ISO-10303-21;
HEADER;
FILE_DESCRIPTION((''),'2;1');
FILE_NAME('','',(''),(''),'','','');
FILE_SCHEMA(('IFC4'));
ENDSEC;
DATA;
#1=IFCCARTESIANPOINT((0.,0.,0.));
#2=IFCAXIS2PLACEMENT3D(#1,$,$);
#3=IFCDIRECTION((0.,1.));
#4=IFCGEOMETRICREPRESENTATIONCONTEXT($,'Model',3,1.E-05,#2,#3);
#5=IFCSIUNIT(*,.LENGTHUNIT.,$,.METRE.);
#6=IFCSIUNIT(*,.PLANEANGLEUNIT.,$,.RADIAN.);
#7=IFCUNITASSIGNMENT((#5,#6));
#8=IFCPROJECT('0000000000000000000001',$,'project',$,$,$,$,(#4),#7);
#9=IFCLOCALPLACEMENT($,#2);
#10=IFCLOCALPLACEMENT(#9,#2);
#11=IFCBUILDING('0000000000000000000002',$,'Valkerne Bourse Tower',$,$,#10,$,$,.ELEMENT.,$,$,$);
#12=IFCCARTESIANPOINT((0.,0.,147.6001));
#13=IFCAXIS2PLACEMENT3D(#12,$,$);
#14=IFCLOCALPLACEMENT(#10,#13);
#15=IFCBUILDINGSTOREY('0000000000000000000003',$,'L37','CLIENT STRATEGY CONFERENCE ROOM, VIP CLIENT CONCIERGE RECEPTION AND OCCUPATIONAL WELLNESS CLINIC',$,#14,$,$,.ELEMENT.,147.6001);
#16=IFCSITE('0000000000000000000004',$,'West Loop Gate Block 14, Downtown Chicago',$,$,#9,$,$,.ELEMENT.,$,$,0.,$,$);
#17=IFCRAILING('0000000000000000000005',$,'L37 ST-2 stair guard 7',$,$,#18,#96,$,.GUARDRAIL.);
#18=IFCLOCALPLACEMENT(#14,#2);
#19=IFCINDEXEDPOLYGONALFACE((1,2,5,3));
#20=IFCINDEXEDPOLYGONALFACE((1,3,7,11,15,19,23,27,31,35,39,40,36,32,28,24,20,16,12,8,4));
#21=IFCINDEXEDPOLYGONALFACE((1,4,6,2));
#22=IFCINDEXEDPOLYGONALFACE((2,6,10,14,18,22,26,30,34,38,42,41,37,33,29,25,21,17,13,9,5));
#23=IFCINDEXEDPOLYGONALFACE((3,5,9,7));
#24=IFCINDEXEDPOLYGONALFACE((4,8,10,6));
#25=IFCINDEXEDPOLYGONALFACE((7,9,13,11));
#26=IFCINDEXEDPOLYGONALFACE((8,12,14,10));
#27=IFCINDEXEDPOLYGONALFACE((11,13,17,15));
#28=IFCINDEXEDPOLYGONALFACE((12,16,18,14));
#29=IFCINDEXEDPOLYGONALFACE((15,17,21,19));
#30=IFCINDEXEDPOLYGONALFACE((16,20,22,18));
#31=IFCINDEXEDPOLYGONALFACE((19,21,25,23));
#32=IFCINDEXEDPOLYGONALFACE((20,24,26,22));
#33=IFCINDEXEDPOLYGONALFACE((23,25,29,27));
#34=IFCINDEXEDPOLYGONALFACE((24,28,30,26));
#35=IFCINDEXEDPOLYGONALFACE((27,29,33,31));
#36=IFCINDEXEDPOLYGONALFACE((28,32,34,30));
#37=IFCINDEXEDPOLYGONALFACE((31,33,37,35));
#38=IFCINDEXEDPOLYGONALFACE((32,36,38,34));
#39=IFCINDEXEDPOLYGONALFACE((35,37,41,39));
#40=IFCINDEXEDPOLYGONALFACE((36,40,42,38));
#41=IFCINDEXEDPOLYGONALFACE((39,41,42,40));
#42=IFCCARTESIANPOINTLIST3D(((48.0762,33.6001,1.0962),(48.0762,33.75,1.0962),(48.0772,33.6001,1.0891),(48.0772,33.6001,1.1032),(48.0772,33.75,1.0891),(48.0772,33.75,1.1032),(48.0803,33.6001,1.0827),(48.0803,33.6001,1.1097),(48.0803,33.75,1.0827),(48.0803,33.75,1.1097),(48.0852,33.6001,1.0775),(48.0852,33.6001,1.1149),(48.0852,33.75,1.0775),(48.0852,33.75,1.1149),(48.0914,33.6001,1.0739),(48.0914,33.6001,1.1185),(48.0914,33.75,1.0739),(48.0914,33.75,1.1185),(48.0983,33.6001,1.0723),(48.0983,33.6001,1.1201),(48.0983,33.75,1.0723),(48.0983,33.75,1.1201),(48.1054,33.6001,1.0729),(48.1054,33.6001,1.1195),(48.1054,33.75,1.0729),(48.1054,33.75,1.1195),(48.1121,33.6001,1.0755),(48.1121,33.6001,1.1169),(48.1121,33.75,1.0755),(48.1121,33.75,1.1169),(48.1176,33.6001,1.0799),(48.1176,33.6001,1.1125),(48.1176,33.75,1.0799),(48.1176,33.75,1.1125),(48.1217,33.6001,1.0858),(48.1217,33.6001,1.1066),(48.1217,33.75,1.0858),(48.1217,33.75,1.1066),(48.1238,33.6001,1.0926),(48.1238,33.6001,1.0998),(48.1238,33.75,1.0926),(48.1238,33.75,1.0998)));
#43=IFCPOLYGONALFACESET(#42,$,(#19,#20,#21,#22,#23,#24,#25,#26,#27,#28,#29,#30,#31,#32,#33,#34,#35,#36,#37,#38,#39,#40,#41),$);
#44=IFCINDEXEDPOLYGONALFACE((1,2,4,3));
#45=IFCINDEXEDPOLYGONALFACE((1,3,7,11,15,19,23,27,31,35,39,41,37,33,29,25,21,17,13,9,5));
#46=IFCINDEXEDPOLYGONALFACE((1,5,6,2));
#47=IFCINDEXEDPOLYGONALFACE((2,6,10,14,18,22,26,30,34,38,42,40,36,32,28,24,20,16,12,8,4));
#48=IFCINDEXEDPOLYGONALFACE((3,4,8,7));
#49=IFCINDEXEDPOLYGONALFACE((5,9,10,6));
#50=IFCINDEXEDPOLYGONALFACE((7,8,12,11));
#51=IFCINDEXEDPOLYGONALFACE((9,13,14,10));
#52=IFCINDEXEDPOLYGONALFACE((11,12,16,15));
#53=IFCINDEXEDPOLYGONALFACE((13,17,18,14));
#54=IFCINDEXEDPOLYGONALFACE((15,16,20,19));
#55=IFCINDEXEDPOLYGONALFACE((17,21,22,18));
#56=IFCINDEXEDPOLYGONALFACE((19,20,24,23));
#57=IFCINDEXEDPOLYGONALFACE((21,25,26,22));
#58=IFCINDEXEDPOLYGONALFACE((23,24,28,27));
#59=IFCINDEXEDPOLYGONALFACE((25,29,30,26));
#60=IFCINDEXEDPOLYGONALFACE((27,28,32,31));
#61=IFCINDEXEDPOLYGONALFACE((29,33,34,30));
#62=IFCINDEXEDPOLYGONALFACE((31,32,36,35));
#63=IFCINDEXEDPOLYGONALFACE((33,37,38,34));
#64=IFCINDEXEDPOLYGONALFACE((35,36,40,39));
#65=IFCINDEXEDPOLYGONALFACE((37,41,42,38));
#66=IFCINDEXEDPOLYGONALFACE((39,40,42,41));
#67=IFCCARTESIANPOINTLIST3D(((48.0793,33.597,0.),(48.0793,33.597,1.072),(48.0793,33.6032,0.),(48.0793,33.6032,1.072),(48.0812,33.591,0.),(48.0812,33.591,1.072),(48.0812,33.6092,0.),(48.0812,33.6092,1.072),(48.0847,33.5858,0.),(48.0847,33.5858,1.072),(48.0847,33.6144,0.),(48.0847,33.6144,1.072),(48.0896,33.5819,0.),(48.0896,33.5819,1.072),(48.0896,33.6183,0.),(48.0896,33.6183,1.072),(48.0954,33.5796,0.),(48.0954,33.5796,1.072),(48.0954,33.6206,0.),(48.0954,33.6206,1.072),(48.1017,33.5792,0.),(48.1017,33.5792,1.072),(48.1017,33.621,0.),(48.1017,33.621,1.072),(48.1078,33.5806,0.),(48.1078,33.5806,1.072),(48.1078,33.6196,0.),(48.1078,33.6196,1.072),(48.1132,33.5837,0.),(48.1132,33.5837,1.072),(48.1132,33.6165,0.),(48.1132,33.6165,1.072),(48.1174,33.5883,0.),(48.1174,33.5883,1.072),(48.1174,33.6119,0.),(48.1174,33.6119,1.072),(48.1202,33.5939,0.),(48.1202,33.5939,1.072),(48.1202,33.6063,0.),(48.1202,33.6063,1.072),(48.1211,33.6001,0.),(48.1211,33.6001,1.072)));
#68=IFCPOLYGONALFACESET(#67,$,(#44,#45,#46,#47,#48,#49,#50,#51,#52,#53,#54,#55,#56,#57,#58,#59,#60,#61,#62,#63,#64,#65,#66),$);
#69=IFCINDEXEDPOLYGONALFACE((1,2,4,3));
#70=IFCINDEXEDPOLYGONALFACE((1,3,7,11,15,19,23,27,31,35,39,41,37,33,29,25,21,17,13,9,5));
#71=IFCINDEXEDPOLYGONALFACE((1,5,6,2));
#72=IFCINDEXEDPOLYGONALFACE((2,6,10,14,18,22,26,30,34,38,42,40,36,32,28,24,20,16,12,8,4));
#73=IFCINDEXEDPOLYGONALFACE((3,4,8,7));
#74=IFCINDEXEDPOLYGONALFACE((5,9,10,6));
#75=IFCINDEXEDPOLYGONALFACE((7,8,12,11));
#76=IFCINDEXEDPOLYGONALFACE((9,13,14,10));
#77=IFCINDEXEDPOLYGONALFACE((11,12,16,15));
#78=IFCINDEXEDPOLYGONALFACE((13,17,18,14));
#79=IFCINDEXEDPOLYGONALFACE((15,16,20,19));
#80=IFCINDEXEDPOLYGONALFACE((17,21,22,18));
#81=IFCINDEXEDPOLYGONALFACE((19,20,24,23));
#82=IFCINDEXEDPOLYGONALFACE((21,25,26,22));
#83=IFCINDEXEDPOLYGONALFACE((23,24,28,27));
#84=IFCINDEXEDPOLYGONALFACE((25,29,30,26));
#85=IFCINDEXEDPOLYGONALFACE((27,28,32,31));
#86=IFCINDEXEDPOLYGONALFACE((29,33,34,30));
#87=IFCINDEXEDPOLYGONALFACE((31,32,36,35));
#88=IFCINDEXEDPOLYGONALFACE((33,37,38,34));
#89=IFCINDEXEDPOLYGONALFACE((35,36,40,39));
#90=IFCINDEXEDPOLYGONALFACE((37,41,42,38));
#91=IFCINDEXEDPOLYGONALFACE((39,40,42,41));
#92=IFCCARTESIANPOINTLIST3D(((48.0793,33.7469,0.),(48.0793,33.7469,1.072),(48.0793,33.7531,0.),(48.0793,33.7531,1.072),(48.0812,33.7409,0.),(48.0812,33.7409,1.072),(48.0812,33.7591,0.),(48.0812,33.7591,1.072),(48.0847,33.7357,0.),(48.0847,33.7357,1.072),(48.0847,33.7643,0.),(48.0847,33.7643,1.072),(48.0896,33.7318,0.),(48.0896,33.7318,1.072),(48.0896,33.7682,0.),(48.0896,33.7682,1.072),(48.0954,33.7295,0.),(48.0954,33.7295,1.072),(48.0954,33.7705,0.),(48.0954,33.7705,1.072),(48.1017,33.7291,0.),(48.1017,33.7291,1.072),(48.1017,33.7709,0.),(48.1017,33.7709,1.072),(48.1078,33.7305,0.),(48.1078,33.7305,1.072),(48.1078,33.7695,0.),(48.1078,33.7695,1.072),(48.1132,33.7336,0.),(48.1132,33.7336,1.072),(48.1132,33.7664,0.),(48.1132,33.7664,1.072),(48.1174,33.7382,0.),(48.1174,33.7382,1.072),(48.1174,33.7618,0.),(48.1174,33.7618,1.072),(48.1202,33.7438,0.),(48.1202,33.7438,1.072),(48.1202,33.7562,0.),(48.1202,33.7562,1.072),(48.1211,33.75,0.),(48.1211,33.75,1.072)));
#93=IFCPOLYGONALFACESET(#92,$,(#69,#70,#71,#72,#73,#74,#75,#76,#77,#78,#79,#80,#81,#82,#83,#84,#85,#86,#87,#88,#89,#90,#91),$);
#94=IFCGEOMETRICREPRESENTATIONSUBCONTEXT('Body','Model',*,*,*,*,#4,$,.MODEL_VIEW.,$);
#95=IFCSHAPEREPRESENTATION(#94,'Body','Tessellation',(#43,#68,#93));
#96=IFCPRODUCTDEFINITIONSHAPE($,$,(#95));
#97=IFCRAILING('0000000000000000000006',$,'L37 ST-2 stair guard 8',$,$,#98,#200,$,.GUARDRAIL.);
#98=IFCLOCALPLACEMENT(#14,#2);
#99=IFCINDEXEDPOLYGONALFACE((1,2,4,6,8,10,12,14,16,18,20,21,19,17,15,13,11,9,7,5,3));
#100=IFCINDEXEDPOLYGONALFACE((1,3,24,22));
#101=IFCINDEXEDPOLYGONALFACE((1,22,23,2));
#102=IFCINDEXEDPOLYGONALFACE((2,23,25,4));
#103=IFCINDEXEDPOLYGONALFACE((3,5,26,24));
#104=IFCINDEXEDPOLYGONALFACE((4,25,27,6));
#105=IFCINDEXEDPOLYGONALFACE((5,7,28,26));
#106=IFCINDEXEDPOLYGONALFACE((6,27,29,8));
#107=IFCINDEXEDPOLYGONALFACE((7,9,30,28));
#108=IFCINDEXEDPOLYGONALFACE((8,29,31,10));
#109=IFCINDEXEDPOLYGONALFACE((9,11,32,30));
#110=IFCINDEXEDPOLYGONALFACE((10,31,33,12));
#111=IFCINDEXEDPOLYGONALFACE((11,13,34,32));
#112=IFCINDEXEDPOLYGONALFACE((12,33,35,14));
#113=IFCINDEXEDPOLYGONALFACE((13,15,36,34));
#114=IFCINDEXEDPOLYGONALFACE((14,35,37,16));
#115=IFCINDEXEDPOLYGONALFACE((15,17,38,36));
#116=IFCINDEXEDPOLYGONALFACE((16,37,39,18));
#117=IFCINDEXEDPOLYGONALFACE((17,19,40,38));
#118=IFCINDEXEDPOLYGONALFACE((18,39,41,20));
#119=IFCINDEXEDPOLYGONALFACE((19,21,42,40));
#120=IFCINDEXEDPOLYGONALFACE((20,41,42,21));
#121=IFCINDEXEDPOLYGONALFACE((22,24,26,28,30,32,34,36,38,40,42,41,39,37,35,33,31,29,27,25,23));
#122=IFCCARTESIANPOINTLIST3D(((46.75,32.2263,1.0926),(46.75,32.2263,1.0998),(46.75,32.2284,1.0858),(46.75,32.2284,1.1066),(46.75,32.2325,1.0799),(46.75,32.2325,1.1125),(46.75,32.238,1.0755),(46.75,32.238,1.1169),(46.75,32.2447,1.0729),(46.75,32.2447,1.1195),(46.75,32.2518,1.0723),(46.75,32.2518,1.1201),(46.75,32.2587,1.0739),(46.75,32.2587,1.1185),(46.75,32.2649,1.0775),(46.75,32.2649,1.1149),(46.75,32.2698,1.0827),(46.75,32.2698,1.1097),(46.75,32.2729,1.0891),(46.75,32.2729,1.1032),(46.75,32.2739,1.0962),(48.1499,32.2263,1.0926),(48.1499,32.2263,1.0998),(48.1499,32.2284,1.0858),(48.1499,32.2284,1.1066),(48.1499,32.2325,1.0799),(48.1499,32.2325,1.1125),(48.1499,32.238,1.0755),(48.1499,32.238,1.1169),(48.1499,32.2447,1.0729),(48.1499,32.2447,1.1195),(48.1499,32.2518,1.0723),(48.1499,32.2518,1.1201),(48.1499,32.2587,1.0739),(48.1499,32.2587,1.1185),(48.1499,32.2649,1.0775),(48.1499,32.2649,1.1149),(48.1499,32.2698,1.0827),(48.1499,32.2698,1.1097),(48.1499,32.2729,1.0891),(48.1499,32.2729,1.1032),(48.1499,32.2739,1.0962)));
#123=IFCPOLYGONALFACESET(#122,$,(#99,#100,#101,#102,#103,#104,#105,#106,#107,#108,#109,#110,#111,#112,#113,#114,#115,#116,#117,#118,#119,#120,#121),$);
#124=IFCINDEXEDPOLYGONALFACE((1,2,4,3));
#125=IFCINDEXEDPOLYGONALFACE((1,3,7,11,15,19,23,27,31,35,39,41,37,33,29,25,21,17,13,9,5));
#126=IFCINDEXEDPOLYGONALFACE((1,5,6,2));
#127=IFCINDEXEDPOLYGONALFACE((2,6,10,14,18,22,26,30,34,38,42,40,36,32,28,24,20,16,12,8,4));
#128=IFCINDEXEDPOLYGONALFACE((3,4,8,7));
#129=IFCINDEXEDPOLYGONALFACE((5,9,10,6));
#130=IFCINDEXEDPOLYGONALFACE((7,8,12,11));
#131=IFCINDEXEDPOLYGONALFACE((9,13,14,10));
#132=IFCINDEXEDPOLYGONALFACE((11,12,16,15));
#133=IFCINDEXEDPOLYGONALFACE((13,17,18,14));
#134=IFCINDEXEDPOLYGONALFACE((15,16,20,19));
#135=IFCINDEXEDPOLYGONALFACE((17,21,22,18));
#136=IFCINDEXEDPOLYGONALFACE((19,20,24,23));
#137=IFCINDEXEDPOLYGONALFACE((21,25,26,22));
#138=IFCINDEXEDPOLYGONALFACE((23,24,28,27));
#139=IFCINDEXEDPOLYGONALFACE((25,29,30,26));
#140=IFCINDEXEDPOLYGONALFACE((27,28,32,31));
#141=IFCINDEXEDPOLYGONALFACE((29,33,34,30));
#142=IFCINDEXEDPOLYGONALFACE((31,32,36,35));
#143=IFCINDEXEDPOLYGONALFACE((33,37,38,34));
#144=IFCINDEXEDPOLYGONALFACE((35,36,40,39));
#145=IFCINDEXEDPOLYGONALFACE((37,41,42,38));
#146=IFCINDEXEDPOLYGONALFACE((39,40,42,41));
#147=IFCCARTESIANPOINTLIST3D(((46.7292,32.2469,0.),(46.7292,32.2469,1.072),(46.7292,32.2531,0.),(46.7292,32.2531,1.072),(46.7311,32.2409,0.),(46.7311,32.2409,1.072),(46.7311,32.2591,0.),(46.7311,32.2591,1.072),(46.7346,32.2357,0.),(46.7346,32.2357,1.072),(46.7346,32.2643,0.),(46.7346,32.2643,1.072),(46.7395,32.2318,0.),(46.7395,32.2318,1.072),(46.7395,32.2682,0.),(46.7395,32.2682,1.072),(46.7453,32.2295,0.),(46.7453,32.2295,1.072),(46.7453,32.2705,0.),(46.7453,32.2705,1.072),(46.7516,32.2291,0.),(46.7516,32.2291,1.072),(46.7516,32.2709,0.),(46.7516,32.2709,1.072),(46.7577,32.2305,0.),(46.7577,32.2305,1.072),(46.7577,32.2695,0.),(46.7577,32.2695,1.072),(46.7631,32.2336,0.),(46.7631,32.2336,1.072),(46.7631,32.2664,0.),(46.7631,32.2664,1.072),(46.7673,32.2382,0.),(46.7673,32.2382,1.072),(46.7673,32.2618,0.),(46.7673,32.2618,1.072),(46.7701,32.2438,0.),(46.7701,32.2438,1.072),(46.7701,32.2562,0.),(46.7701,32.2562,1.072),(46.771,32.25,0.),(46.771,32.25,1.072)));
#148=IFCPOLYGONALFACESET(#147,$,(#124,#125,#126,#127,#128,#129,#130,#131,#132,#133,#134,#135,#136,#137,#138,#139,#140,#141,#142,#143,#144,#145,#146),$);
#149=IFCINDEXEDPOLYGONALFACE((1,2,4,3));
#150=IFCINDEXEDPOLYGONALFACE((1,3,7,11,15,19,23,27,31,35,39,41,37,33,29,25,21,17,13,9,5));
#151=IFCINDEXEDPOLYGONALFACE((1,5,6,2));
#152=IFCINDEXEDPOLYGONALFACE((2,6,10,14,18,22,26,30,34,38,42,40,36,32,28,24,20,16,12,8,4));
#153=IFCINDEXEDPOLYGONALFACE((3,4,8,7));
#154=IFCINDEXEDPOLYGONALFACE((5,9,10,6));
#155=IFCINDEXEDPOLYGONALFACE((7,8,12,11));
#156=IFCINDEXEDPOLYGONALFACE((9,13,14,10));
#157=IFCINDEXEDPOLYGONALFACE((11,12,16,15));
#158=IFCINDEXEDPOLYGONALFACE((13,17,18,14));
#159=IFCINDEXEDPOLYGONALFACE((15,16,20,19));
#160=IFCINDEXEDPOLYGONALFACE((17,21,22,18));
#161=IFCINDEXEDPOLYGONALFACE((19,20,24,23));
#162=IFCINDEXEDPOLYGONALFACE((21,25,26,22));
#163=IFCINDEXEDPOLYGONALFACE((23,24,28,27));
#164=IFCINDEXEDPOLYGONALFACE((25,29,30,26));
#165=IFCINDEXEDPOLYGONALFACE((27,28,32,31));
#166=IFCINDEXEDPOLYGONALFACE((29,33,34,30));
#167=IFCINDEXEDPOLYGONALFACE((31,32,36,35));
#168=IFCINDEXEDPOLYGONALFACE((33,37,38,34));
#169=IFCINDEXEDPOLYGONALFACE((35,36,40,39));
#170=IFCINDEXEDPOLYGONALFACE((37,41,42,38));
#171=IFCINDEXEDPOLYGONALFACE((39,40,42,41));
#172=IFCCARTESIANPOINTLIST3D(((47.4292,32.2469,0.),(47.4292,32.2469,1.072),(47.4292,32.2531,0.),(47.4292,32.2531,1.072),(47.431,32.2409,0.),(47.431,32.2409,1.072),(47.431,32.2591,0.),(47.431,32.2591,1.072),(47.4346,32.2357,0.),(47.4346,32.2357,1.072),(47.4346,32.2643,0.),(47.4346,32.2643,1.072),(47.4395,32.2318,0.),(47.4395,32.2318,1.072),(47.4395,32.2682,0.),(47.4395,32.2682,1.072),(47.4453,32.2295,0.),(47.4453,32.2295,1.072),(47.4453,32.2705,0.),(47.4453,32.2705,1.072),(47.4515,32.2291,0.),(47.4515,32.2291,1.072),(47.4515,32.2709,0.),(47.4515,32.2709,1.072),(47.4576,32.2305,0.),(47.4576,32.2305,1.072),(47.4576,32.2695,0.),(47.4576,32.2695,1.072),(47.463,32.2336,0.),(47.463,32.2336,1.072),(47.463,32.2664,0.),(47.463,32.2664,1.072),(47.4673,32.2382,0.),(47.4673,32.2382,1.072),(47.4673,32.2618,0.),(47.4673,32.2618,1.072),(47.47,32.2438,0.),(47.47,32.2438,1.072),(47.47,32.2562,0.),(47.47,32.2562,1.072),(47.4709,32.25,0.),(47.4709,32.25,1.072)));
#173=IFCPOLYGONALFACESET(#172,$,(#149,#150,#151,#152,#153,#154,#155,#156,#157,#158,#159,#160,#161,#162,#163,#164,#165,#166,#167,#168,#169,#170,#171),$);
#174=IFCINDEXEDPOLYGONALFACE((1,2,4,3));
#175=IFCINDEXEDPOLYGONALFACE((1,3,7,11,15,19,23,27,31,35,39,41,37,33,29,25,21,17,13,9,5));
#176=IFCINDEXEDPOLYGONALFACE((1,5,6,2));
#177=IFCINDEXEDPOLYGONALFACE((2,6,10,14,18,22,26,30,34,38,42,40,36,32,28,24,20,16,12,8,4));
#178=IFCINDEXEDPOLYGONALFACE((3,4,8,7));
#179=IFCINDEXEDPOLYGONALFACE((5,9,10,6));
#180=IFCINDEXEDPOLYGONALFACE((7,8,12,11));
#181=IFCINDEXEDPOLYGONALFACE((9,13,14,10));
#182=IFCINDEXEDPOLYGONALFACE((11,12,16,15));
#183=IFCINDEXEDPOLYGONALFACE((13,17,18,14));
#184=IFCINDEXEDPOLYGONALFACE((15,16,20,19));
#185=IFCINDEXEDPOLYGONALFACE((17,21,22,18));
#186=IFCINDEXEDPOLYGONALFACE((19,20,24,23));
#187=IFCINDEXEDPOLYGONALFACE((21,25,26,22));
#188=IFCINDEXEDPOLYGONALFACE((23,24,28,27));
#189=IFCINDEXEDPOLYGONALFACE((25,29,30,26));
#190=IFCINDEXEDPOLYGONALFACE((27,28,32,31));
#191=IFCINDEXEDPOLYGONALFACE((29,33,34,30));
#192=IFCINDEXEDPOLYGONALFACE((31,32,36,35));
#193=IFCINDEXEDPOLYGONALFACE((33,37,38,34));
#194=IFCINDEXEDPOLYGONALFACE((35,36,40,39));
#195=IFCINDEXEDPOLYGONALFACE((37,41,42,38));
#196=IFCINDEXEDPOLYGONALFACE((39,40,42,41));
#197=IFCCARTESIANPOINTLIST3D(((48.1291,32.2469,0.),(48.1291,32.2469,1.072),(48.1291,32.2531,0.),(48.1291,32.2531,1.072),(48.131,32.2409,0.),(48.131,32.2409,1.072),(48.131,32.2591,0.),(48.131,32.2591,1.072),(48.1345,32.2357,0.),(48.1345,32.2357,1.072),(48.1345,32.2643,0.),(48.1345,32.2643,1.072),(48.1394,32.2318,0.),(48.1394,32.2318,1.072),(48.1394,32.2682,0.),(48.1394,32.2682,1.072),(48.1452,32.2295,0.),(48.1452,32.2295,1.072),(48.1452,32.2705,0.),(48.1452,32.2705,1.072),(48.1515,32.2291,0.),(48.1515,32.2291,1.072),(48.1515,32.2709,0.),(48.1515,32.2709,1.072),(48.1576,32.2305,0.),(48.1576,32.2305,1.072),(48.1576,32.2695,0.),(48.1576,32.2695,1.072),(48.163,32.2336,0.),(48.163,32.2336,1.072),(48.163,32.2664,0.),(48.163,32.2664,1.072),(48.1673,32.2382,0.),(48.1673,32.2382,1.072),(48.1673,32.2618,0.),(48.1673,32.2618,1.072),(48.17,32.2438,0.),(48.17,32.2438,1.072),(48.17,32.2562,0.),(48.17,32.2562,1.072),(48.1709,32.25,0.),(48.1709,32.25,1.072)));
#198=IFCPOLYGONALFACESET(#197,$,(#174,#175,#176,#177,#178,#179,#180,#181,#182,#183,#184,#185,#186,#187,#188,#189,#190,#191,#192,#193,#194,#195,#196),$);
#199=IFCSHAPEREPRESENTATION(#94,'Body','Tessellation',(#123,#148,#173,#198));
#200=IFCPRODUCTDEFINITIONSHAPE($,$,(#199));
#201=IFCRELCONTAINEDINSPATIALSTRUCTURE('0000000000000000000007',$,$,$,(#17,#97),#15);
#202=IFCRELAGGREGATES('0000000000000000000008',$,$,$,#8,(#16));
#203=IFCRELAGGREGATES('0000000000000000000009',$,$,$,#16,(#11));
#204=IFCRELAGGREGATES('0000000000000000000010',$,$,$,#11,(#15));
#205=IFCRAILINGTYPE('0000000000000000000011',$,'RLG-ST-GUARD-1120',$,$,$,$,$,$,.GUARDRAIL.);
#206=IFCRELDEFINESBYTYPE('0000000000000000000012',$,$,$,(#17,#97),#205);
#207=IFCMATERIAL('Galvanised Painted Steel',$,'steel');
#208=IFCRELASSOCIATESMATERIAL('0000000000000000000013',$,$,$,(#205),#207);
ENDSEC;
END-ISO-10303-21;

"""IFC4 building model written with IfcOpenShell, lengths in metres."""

from ifc_helpers import new_model, si_unit, direction, frame, origin, origin_2d, place, context, subcontext, project, spatial, circle, extrude, material, type_object, element, save


model = new_model("IFC4")

# Units and contexts
model_context = context("Model", 3, precision=1e-05, world=origin(), true_north=direction((0.0, 1.0)))
body_context = subcontext(model_context, "Body", "Model", "MODEL_VIEW")
ifc_project = project(units=[si_unit("LENGTHUNIT", "METRE"), si_unit("PLANEANGLEUNIT", "RADIAN")], contexts=[model_context])

# Site, building, storey
site_placement = place(None, origin())
site = spatial("IfcSite", under=ifc_project, at=site_placement, Name="West Loop Gate Block 14, Downtown Chicago", CompositionType="ELEMENT", RefElevation=0.0)
building_placement = place(site_placement, origin())
building = spatial("IfcBuilding", under=site, at=building_placement, Name="Valkerne Bourse Tower", CompositionType="ELEMENT")
storey_placement = place(building_placement, frame((0.0, 0.0, 147.6001)))
storey = spatial("IfcBuildingStorey", under=building, at=storey_placement, Name="L37", Description="CLIENT STRATEGY CONFERENCE ROOM, VIP CLIENT CONCIERGE RECEPTION AND OCCUPATIONAL WELLNESS CLINIC", CompositionType="ELEMENT", Elevation=147.6001)

# Shared definitions
ifc_material_1 = material(Name="Galvanised Painted Steel", Category="steel")

# Railings
railing_type_1 = type_object("IfcRailingType", Name="RLG-ST-GUARD-1120", PredefinedType="GUARDRAIL", material=ifc_material_1)
railing_1_placement = place(storey_placement, frame((48.1001, 33.6001, 0.0)))
element("IfcRailing", 1, at=railing_1_placement, inside=storey, type_object=railing_type_1, Name="L37 ST-2 stair guard 7", PredefinedType="GUARDRAIL", context=body_context, shape_type="SweptSolid", body=[
    extrude(circle(Radius=0.0239, at=origin_2d()), frame((0.0, 0.0, 1.0962), z_axis=(0.0, 1.0, 0.0), x_axis=(-1.0, 0.0, 0.0)), (0.0, 0.0, 1.0), 0.1499),
    extrude(circle(Radius=0.021, at=origin_2d()), origin(), (0.0, 0.0, 1.0), 1.072),
    extrude(circle(Radius=0.021, at=origin_2d()), frame((0.0, 0.1499, 0.0)), (0.0, 0.0, 1.0), 1.072),
])
for number, where, name in (
    (2, (46.75, 32.25, 0.0), "L37 ST-2 stair guard 8"),
):
    element("IfcRailing", number, at=place(storey_placement, frame(where)), inside=storey, type_object=railing_type_1, Name=name, PredefinedType="GUARDRAIL", context=body_context, shape_type="SweptSolid", body=[
        extrude(circle(Radius=0.0239, at=origin_2d()), frame((0.0, 0.0, 1.0962), z_axis=(1.0, 0.0, 0.0), x_axis=(0.0, 1.0, 0.0)), (0.0, 0.0, 1.0), 1.3999),
        extrude(circle(Radius=0.021, at=origin_2d()), origin(), (0.0, 0.0, 1.0), 1.072),
        extrude(circle(Radius=0.021, at=origin_2d()), frame((0.7, 0.0, 0.0)), (0.0, 0.0, 1.0), 1.072),
        extrude(circle(Radius=0.021, at=origin_2d()), frame((1.3999, 0.0, 0.0)), (0.0, 0.0, 1.0), 1.072),
    ])

save(model, "model.ifc")
